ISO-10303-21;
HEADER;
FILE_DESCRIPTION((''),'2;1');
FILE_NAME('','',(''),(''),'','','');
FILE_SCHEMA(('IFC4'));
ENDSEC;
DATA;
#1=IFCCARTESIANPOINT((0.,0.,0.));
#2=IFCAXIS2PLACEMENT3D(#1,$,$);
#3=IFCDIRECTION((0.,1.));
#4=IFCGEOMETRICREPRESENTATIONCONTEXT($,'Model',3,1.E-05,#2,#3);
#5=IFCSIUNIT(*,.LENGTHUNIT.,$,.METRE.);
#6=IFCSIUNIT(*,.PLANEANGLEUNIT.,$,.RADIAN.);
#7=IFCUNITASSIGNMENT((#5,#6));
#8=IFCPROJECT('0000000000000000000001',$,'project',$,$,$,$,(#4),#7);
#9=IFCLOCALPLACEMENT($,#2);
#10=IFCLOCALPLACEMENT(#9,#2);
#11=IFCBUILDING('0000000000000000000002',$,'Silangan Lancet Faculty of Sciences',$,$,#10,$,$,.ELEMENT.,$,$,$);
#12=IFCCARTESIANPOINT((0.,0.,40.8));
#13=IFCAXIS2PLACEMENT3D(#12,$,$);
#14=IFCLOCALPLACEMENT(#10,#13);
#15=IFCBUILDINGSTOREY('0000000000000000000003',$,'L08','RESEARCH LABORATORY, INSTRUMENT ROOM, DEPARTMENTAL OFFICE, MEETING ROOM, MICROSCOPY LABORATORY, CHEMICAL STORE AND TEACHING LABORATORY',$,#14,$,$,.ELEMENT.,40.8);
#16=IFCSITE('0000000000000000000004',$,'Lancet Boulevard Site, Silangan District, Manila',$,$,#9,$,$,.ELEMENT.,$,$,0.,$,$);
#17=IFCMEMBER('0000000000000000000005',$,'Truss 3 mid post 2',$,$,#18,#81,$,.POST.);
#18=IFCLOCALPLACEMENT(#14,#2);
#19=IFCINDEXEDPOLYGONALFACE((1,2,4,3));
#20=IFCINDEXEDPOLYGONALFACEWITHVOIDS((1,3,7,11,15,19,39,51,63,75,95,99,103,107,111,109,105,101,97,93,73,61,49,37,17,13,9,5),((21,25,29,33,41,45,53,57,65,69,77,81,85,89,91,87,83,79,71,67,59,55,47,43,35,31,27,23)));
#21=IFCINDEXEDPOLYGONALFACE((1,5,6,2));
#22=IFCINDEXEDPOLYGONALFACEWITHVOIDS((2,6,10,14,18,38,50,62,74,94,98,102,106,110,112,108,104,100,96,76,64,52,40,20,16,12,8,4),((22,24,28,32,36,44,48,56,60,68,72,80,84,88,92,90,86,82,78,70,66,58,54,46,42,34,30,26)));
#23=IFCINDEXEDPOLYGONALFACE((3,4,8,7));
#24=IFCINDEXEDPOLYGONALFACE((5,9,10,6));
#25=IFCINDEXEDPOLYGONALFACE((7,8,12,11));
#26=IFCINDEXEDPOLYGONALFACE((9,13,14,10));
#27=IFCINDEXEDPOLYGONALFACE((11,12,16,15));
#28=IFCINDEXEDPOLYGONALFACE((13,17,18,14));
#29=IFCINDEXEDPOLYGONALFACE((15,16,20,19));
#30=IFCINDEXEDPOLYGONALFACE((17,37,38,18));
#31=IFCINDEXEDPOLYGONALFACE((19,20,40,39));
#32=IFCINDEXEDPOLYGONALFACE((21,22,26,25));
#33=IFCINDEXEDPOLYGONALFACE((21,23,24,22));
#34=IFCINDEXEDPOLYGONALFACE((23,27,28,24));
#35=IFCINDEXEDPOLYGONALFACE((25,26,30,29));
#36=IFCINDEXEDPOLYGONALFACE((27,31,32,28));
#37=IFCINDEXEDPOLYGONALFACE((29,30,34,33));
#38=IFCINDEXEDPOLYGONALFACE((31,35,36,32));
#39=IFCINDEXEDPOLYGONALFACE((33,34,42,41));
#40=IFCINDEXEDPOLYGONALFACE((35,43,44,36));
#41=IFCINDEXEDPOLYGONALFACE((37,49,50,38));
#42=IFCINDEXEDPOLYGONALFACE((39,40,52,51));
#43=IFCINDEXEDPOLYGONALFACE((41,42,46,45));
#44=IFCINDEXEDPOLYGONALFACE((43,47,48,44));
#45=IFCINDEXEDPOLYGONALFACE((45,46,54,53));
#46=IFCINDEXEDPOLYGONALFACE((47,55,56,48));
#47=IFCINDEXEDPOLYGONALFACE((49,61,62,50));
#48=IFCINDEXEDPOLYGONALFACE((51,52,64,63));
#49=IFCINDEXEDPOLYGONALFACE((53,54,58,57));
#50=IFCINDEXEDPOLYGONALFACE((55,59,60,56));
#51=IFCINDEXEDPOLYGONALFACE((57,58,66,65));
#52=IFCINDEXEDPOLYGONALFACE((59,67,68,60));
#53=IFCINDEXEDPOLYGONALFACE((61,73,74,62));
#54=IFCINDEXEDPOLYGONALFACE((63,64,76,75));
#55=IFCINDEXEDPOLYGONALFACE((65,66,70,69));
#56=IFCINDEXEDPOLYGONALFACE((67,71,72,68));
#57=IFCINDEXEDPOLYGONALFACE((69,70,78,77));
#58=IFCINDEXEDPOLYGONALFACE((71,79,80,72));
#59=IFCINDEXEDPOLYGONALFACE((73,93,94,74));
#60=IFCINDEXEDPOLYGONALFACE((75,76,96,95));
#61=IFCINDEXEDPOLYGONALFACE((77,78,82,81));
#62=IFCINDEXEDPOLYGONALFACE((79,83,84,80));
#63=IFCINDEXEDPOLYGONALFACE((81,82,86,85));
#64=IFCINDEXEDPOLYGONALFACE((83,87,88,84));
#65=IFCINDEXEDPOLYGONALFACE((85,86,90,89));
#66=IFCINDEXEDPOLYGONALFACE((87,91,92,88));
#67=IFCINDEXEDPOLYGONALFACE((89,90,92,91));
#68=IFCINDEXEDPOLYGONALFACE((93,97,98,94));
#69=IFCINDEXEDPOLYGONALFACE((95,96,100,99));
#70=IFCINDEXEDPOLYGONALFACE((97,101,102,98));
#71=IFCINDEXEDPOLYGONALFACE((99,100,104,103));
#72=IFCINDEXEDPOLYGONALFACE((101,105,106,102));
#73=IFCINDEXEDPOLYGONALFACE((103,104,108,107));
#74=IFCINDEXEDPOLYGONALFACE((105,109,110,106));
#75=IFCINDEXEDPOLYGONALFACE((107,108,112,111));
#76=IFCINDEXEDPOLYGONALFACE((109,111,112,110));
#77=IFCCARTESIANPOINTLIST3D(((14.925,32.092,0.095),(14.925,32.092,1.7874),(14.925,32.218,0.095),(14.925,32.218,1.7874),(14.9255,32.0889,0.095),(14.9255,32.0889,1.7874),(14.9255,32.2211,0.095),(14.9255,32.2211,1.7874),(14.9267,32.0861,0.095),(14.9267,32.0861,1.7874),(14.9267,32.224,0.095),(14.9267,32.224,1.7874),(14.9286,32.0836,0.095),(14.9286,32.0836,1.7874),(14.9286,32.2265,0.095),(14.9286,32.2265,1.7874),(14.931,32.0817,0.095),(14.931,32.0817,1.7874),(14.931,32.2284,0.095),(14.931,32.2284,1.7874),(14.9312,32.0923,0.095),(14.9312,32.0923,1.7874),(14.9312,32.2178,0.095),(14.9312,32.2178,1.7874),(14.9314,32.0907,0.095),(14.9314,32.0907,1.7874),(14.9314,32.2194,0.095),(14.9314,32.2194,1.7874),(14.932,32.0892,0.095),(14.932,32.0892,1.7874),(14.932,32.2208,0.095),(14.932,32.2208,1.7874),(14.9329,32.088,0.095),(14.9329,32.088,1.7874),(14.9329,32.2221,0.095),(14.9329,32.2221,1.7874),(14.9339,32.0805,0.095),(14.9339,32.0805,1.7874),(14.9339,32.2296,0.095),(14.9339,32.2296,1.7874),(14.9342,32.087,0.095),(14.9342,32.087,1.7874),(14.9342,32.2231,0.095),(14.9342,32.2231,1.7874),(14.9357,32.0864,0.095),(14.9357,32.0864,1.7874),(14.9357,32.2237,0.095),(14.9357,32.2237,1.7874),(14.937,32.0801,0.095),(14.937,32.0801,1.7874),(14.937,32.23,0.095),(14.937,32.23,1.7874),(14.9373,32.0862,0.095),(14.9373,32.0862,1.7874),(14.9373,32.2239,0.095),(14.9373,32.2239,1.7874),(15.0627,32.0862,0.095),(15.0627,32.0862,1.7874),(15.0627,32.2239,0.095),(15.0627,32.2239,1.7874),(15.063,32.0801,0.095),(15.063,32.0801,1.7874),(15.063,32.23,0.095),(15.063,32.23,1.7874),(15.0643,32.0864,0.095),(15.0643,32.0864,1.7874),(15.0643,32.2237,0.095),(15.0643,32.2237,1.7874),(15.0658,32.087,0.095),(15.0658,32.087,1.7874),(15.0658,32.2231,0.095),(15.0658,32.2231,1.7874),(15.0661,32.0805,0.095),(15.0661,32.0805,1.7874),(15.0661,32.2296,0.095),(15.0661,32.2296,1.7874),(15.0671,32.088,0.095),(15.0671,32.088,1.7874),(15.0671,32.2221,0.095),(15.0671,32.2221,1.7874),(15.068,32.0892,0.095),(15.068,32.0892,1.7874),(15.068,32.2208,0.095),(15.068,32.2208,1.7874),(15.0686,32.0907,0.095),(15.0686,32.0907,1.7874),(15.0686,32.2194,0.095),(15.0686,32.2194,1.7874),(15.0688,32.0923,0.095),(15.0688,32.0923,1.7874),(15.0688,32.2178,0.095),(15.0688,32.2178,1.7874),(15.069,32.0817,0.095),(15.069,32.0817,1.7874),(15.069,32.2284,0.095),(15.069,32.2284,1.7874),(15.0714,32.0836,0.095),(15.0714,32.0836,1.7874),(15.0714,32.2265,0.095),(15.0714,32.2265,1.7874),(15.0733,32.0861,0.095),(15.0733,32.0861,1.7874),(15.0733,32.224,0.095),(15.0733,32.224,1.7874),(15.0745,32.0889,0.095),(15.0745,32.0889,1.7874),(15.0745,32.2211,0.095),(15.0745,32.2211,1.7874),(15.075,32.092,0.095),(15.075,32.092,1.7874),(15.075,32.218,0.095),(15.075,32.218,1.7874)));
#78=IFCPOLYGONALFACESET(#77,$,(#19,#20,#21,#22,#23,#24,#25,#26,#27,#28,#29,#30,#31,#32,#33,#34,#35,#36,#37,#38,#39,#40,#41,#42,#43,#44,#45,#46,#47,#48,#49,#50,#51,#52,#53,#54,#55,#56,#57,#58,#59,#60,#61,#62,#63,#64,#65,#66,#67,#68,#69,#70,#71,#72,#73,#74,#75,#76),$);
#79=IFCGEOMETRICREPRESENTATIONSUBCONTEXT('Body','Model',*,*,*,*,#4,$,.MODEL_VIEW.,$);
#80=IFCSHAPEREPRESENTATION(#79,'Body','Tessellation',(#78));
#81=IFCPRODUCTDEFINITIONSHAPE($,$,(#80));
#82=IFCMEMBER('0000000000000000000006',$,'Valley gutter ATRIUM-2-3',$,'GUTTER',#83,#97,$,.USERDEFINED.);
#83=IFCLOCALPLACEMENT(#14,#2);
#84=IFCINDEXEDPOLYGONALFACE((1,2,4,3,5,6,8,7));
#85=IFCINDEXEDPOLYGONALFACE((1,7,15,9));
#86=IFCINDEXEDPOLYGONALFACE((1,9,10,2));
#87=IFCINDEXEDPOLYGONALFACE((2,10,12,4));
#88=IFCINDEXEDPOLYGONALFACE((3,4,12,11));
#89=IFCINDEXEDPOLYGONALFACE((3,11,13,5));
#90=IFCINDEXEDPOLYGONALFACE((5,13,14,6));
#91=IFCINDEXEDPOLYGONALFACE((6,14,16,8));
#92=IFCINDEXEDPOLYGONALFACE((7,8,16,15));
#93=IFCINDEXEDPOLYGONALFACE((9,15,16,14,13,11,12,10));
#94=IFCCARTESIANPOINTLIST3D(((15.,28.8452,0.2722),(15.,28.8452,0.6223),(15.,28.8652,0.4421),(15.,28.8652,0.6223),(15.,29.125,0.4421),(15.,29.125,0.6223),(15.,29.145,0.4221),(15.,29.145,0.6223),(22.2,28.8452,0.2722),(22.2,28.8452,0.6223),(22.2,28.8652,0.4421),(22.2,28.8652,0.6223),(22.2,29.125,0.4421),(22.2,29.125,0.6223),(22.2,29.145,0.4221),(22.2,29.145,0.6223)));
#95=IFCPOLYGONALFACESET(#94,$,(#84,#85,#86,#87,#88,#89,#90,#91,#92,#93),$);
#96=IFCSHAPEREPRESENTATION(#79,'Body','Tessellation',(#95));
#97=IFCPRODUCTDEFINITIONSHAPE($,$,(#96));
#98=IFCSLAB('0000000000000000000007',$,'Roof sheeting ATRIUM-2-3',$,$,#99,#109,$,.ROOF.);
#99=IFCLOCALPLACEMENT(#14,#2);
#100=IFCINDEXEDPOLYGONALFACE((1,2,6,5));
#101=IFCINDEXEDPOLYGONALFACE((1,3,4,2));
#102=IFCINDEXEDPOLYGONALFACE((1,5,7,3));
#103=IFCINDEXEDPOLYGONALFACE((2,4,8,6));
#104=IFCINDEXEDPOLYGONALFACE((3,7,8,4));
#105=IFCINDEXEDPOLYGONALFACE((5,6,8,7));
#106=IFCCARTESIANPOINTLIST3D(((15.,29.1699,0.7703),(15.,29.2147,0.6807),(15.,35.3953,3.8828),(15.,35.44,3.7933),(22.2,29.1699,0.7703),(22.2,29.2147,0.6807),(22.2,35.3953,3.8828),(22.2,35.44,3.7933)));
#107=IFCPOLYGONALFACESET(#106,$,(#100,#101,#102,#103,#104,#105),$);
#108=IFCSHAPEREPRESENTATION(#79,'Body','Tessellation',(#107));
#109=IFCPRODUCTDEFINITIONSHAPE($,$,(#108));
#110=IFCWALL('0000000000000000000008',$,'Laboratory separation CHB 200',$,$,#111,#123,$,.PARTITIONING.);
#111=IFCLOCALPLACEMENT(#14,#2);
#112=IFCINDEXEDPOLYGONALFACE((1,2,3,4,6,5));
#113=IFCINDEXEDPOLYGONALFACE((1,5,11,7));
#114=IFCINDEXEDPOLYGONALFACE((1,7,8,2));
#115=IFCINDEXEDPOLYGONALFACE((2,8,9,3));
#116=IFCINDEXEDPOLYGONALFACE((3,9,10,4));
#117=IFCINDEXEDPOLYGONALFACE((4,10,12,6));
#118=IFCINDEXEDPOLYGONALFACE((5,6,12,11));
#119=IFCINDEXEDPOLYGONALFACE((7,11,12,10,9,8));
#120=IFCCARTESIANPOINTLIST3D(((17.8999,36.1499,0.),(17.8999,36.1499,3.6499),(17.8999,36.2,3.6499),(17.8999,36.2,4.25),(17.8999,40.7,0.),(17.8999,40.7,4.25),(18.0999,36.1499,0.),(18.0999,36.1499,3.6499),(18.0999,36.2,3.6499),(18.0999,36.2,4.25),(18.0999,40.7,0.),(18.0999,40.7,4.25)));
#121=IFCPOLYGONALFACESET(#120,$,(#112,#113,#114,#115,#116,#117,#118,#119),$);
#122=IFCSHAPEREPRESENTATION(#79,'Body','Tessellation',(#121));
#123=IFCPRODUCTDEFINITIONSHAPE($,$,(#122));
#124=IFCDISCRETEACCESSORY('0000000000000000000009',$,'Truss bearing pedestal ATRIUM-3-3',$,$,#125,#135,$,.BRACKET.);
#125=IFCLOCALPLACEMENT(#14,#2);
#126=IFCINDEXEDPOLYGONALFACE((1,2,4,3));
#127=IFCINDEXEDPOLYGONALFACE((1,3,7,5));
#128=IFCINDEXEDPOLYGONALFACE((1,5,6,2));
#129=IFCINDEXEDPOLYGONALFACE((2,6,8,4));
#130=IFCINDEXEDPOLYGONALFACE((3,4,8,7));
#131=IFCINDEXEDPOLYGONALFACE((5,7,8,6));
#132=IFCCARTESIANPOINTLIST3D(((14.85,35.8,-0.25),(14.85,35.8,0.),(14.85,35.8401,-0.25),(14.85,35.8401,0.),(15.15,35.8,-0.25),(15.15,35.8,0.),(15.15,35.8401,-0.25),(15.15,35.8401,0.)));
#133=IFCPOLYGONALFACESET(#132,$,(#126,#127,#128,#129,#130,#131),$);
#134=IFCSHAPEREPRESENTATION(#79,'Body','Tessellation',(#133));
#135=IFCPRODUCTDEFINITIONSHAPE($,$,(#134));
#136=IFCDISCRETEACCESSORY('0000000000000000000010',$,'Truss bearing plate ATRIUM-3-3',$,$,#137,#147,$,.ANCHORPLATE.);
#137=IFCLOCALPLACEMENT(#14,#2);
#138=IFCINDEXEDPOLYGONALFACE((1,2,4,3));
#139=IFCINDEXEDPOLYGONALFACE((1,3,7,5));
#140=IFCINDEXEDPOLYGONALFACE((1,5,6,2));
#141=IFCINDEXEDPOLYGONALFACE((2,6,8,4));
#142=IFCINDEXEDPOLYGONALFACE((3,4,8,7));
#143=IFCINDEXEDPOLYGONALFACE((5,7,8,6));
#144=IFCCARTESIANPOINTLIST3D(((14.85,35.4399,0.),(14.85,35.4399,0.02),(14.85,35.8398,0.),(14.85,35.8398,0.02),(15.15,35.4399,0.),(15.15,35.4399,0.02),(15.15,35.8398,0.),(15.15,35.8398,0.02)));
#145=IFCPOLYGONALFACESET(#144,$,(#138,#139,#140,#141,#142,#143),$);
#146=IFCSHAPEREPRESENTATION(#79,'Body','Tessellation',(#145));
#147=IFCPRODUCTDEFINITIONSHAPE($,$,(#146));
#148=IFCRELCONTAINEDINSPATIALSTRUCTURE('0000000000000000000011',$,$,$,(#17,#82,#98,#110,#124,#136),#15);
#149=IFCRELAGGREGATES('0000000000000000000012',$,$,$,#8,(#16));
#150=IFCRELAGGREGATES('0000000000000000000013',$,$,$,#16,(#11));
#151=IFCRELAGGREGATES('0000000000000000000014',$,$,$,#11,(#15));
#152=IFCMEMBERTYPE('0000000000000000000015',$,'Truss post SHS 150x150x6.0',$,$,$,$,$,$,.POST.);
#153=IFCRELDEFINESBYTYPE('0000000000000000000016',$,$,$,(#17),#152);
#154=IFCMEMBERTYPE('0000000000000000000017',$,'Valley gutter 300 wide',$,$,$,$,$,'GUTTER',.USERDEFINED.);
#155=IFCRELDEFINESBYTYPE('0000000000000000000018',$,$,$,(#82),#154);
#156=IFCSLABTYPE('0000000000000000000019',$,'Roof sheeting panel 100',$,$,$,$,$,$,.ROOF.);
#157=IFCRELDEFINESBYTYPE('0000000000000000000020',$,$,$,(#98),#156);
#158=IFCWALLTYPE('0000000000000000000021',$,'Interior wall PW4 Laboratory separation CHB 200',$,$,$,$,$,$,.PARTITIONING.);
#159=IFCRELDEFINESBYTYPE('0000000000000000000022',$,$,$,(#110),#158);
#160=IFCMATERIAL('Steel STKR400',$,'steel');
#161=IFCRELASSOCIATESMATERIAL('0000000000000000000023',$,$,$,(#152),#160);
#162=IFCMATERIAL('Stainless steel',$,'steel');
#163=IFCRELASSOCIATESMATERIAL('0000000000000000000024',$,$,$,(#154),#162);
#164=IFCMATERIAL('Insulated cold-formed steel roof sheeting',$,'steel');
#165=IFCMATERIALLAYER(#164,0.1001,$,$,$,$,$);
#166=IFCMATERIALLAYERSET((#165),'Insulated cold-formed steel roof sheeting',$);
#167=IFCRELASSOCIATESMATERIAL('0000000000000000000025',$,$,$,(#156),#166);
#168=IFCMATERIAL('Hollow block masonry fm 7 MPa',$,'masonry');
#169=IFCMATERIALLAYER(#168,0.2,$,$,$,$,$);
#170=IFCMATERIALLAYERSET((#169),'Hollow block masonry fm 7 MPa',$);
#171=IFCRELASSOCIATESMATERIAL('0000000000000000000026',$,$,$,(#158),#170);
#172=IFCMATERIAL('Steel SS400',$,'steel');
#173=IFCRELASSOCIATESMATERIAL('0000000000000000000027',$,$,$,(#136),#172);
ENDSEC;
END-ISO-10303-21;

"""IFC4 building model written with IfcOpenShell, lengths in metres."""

from ifc_helpers import new_model, si_unit, direction, frame, origin, origin_2d, place, context, subcontext, project, spatial, polyline, rectangle, hollow_rectangle, outline, extrude, material, layer, layer_set, material_profile, profile_set, type_object, element, save


model = new_model("IFC4")

# Units and contexts
model_context = context("Model", 3, precision=1e-05, world=origin(), true_north=direction((0.0, 1.0)))
body_context = subcontext(model_context, "Body", "Model", "MODEL_VIEW")
ifc_project = project(units=[si_unit("LENGTHUNIT", "METRE"), si_unit("PLANEANGLEUNIT", "RADIAN")], contexts=[model_context])

# Site, building, storey
site_placement = place(None, origin())
site = spatial("IfcSite", under=ifc_project, at=site_placement, Name="Lancet Boulevard Site, Silangan District, Manila", CompositionType="ELEMENT", RefElevation=0.0)
building_placement = place(site_placement, origin())
building = spatial("IfcBuilding", under=site, at=building_placement, Name="Silangan Lancet Faculty of Sciences", CompositionType="ELEMENT")
storey_placement = place(building_placement, frame((0.0, 0.0, 40.8)))
storey = spatial("IfcBuildingStorey", under=building, at=storey_placement, Name="L08", Description="RESEARCH LABORATORY, INSTRUMENT ROOM, DEPARTMENTAL OFFICE, MEETING ROOM, MICROSCOPY LABORATORY, CHEMICAL STORE AND TEACHING LABORATORY", CompositionType="ELEMENT", Elevation=40.8)

# Members
ifc_material_1 = material(Name="Steel STKR400", Category="steel")
ifc_material_profile_1 = material_profile(ifc_material_1, hollow_rectangle(XDim=0.1499, YDim=0.1499, WallThickness=0.0061, InnerFilletRadius=0.0061, OuterFilletRadius=0.012, at=origin_2d()), Name="SHS 150x150x6.0")
ifc_profile_set_1 = profile_set([ifc_material_profile_1], Name="Steel STKR400")
member_type_1 = type_object("IfcMemberType", Name="Truss post SHS 150x150x6.0", PredefinedType="POST", material=ifc_profile_set_1)
member_1_placement = place(storey_placement, frame((15.0, 32.155, 0.095), z_axis=(0.0, 0.0, 1.0), x_axis=(1.0, 0.0, 0.0)))
element("IfcMember", 1, at=member_1_placement, inside=storey, type_object=member_type_1, Name="Truss 3 mid post 2", PredefinedType="POST", context=body_context, shape_type="SweptSolid", body=[
    extrude(hollow_rectangle(XDim=0.1499, YDim=0.1499, WallThickness=0.0061, InnerFilletRadius=0.0061, OuterFilletRadius=0.012, at=origin_2d()), origin(), (0.0, 0.0, 1.0), 1.6924),
])
ifc_material_2 = material(Name="Stainless steel", Category="steel")
ifc_material_profile_2 = material_profile(ifc_material_2, outline(polyline([(-0.1499, 0.0), (0.1499, 0.1499), (0.1499, 0.3501), (0.1299, 0.3501), (0.1299, 0.1699), (-0.1299, 0.1699), (-0.1299, 0.3501), (-0.1499, 0.3501), (-0.1499, 0.0)])), Name="valley gutter")
ifc_profile_set_2 = profile_set([ifc_material_profile_2], Name="Stainless steel")
member_type_2 = type_object("IfcMemberType", Name="Valley gutter 300 wide", ElementType="GUTTER", PredefinedType="USERDEFINED", material=ifc_profile_set_2)
member_2_placement = place(storey_placement, frame((15.0, 28.9951, 0.2722), z_axis=(1.0, 0.0, 0.0), x_axis=(0.0, 1.0, 0.0)))
element("IfcMember", 2, at=member_2_placement, inside=storey, type_object=member_type_2, Name="Valley gutter ATRIUM-2-3", ObjectType="GUTTER", PredefinedType="USERDEFINED", context=body_context, shape_type="SweptSolid", body=[
    extrude(outline(polyline([(-0.1499, 0.0), (0.1499, 0.1499), (0.1499, 0.3501), (0.1299, 0.3501), (0.1299, 0.1699), (-0.1299, 0.1699), (-0.1299, 0.3501), (-0.1499, 0.3501), (-0.1499, 0.0)])), origin(), (0.0, 0.0, 1.0), 7.2),
])

# Slab
ifc_material_3 = material(Name="Insulated cold-formed steel roof sheeting", Category="steel")
ifc_layer_1 = layer(ifc_material_3, 0.1001)
ifc_layer_set_1 = layer_set([ifc_layer_1], Name="Insulated cold-formed steel roof sheeting")
slab_type = type_object("IfcSlabType", Name="Roof sheeting panel 100", PredefinedType="ROOF", material=ifc_layer_set_1)
slab_placement = place(storey_placement, frame((15.0, 29.1699, 0.7703), z_axis=(0.0, -0.4472, 0.894434), x_axis=(1.0, 0.0, 0.0)))
element("IfcSlab", 3, at=slab_placement, inside=storey, type_object=slab_type, Name="Roof sheeting ATRIUM-2-3", PredefinedType="ROOF", context=body_context, shape_type="SweptSolid", body=[
    extrude(outline(polyline([(0.0, 0.0), (7.2, 0.0), (7.2, 6.9601), (0.0, 6.9601), (0.0, 0.0)])), origin(), (0.0, 0.0, -1.0), 0.1001),
])

# Wall
ifc_material_4 = material(Name="Hollow block masonry fm 7 MPa", Category="masonry")
ifc_layer_2 = layer(ifc_material_4, 0.2)
ifc_layer_set_2 = layer_set([ifc_layer_2], Name="Hollow block masonry fm 7 MPa")
wall_type = type_object("IfcWallType", Name="Interior wall PW4 Laboratory separation CHB 200", PredefinedType="PARTITIONING", material=ifc_layer_set_2)
wall_placement = place(storey_placement, frame((18.0, 36.1499, 0.0), z_axis=(0.0, 0.0, 1.0), x_axis=(0.0, 1.0, 0.0)))
element("IfcWall", 4, at=wall_placement, inside=storey, type_object=wall_type, Name="Laboratory separation CHB 200", PredefinedType="PARTITIONING", context=body_context, shape_type="SweptSolid", body=[
    extrude(outline(polyline([(0.0, 0.0), (4.55, 0.0), (4.55, 4.25), (0.05, 4.25), (0.05, 3.6499), (0.0, 3.6499), (0.0, 0.0)])), frame((0.0, 0.1001, 0.0), z_axis=(0.0, -1.0, 0.0), x_axis=(1.0, 0.0, 0.0)), (0.0, 0.0, 1.0), 0.2),
])

# Discrete accessories
discrete_accessory_1_placement = place(storey_placement, frame((15.0, 35.8201, -0.25), z_axis=(0.0, 0.0, 1.0), x_axis=(1.0, 0.0, 0.0)))
element("IfcDiscreteAccessory", 5, at=discrete_accessory_1_placement, inside=storey, Name="Truss bearing pedestal ATRIUM-3-3", PredefinedType="BRACKET", context=body_context, shape_type="SweptSolid", body=[
    extrude(rectangle(XDim=0.3, YDim=0.04, at=origin_2d()), origin(), (0.0, 0.0, 1.0), 0.25),
])
ifc_material_5 = material(Name="Steel SS400", Category="steel")
discrete_accessory_2_placement = place(storey_placement, frame((15.0, 35.6399, 0.0), z_axis=(0.0, 0.0, 1.0), x_axis=(1.0, 0.0, 0.0)))
element("IfcDiscreteAccessory", 6, at=discrete_accessory_2_placement, inside=storey, material=ifc_material_5, Name="Truss bearing plate ATRIUM-3-3", PredefinedType="ANCHORPLATE", context=body_context, shape_type="SweptSolid", body=[
    extrude(rectangle(XDim=0.3, YDim=0.3999, at=origin_2d()), origin(), (0.0, 0.0, 1.0), 0.02),
])

save(model, "model.ifc")
